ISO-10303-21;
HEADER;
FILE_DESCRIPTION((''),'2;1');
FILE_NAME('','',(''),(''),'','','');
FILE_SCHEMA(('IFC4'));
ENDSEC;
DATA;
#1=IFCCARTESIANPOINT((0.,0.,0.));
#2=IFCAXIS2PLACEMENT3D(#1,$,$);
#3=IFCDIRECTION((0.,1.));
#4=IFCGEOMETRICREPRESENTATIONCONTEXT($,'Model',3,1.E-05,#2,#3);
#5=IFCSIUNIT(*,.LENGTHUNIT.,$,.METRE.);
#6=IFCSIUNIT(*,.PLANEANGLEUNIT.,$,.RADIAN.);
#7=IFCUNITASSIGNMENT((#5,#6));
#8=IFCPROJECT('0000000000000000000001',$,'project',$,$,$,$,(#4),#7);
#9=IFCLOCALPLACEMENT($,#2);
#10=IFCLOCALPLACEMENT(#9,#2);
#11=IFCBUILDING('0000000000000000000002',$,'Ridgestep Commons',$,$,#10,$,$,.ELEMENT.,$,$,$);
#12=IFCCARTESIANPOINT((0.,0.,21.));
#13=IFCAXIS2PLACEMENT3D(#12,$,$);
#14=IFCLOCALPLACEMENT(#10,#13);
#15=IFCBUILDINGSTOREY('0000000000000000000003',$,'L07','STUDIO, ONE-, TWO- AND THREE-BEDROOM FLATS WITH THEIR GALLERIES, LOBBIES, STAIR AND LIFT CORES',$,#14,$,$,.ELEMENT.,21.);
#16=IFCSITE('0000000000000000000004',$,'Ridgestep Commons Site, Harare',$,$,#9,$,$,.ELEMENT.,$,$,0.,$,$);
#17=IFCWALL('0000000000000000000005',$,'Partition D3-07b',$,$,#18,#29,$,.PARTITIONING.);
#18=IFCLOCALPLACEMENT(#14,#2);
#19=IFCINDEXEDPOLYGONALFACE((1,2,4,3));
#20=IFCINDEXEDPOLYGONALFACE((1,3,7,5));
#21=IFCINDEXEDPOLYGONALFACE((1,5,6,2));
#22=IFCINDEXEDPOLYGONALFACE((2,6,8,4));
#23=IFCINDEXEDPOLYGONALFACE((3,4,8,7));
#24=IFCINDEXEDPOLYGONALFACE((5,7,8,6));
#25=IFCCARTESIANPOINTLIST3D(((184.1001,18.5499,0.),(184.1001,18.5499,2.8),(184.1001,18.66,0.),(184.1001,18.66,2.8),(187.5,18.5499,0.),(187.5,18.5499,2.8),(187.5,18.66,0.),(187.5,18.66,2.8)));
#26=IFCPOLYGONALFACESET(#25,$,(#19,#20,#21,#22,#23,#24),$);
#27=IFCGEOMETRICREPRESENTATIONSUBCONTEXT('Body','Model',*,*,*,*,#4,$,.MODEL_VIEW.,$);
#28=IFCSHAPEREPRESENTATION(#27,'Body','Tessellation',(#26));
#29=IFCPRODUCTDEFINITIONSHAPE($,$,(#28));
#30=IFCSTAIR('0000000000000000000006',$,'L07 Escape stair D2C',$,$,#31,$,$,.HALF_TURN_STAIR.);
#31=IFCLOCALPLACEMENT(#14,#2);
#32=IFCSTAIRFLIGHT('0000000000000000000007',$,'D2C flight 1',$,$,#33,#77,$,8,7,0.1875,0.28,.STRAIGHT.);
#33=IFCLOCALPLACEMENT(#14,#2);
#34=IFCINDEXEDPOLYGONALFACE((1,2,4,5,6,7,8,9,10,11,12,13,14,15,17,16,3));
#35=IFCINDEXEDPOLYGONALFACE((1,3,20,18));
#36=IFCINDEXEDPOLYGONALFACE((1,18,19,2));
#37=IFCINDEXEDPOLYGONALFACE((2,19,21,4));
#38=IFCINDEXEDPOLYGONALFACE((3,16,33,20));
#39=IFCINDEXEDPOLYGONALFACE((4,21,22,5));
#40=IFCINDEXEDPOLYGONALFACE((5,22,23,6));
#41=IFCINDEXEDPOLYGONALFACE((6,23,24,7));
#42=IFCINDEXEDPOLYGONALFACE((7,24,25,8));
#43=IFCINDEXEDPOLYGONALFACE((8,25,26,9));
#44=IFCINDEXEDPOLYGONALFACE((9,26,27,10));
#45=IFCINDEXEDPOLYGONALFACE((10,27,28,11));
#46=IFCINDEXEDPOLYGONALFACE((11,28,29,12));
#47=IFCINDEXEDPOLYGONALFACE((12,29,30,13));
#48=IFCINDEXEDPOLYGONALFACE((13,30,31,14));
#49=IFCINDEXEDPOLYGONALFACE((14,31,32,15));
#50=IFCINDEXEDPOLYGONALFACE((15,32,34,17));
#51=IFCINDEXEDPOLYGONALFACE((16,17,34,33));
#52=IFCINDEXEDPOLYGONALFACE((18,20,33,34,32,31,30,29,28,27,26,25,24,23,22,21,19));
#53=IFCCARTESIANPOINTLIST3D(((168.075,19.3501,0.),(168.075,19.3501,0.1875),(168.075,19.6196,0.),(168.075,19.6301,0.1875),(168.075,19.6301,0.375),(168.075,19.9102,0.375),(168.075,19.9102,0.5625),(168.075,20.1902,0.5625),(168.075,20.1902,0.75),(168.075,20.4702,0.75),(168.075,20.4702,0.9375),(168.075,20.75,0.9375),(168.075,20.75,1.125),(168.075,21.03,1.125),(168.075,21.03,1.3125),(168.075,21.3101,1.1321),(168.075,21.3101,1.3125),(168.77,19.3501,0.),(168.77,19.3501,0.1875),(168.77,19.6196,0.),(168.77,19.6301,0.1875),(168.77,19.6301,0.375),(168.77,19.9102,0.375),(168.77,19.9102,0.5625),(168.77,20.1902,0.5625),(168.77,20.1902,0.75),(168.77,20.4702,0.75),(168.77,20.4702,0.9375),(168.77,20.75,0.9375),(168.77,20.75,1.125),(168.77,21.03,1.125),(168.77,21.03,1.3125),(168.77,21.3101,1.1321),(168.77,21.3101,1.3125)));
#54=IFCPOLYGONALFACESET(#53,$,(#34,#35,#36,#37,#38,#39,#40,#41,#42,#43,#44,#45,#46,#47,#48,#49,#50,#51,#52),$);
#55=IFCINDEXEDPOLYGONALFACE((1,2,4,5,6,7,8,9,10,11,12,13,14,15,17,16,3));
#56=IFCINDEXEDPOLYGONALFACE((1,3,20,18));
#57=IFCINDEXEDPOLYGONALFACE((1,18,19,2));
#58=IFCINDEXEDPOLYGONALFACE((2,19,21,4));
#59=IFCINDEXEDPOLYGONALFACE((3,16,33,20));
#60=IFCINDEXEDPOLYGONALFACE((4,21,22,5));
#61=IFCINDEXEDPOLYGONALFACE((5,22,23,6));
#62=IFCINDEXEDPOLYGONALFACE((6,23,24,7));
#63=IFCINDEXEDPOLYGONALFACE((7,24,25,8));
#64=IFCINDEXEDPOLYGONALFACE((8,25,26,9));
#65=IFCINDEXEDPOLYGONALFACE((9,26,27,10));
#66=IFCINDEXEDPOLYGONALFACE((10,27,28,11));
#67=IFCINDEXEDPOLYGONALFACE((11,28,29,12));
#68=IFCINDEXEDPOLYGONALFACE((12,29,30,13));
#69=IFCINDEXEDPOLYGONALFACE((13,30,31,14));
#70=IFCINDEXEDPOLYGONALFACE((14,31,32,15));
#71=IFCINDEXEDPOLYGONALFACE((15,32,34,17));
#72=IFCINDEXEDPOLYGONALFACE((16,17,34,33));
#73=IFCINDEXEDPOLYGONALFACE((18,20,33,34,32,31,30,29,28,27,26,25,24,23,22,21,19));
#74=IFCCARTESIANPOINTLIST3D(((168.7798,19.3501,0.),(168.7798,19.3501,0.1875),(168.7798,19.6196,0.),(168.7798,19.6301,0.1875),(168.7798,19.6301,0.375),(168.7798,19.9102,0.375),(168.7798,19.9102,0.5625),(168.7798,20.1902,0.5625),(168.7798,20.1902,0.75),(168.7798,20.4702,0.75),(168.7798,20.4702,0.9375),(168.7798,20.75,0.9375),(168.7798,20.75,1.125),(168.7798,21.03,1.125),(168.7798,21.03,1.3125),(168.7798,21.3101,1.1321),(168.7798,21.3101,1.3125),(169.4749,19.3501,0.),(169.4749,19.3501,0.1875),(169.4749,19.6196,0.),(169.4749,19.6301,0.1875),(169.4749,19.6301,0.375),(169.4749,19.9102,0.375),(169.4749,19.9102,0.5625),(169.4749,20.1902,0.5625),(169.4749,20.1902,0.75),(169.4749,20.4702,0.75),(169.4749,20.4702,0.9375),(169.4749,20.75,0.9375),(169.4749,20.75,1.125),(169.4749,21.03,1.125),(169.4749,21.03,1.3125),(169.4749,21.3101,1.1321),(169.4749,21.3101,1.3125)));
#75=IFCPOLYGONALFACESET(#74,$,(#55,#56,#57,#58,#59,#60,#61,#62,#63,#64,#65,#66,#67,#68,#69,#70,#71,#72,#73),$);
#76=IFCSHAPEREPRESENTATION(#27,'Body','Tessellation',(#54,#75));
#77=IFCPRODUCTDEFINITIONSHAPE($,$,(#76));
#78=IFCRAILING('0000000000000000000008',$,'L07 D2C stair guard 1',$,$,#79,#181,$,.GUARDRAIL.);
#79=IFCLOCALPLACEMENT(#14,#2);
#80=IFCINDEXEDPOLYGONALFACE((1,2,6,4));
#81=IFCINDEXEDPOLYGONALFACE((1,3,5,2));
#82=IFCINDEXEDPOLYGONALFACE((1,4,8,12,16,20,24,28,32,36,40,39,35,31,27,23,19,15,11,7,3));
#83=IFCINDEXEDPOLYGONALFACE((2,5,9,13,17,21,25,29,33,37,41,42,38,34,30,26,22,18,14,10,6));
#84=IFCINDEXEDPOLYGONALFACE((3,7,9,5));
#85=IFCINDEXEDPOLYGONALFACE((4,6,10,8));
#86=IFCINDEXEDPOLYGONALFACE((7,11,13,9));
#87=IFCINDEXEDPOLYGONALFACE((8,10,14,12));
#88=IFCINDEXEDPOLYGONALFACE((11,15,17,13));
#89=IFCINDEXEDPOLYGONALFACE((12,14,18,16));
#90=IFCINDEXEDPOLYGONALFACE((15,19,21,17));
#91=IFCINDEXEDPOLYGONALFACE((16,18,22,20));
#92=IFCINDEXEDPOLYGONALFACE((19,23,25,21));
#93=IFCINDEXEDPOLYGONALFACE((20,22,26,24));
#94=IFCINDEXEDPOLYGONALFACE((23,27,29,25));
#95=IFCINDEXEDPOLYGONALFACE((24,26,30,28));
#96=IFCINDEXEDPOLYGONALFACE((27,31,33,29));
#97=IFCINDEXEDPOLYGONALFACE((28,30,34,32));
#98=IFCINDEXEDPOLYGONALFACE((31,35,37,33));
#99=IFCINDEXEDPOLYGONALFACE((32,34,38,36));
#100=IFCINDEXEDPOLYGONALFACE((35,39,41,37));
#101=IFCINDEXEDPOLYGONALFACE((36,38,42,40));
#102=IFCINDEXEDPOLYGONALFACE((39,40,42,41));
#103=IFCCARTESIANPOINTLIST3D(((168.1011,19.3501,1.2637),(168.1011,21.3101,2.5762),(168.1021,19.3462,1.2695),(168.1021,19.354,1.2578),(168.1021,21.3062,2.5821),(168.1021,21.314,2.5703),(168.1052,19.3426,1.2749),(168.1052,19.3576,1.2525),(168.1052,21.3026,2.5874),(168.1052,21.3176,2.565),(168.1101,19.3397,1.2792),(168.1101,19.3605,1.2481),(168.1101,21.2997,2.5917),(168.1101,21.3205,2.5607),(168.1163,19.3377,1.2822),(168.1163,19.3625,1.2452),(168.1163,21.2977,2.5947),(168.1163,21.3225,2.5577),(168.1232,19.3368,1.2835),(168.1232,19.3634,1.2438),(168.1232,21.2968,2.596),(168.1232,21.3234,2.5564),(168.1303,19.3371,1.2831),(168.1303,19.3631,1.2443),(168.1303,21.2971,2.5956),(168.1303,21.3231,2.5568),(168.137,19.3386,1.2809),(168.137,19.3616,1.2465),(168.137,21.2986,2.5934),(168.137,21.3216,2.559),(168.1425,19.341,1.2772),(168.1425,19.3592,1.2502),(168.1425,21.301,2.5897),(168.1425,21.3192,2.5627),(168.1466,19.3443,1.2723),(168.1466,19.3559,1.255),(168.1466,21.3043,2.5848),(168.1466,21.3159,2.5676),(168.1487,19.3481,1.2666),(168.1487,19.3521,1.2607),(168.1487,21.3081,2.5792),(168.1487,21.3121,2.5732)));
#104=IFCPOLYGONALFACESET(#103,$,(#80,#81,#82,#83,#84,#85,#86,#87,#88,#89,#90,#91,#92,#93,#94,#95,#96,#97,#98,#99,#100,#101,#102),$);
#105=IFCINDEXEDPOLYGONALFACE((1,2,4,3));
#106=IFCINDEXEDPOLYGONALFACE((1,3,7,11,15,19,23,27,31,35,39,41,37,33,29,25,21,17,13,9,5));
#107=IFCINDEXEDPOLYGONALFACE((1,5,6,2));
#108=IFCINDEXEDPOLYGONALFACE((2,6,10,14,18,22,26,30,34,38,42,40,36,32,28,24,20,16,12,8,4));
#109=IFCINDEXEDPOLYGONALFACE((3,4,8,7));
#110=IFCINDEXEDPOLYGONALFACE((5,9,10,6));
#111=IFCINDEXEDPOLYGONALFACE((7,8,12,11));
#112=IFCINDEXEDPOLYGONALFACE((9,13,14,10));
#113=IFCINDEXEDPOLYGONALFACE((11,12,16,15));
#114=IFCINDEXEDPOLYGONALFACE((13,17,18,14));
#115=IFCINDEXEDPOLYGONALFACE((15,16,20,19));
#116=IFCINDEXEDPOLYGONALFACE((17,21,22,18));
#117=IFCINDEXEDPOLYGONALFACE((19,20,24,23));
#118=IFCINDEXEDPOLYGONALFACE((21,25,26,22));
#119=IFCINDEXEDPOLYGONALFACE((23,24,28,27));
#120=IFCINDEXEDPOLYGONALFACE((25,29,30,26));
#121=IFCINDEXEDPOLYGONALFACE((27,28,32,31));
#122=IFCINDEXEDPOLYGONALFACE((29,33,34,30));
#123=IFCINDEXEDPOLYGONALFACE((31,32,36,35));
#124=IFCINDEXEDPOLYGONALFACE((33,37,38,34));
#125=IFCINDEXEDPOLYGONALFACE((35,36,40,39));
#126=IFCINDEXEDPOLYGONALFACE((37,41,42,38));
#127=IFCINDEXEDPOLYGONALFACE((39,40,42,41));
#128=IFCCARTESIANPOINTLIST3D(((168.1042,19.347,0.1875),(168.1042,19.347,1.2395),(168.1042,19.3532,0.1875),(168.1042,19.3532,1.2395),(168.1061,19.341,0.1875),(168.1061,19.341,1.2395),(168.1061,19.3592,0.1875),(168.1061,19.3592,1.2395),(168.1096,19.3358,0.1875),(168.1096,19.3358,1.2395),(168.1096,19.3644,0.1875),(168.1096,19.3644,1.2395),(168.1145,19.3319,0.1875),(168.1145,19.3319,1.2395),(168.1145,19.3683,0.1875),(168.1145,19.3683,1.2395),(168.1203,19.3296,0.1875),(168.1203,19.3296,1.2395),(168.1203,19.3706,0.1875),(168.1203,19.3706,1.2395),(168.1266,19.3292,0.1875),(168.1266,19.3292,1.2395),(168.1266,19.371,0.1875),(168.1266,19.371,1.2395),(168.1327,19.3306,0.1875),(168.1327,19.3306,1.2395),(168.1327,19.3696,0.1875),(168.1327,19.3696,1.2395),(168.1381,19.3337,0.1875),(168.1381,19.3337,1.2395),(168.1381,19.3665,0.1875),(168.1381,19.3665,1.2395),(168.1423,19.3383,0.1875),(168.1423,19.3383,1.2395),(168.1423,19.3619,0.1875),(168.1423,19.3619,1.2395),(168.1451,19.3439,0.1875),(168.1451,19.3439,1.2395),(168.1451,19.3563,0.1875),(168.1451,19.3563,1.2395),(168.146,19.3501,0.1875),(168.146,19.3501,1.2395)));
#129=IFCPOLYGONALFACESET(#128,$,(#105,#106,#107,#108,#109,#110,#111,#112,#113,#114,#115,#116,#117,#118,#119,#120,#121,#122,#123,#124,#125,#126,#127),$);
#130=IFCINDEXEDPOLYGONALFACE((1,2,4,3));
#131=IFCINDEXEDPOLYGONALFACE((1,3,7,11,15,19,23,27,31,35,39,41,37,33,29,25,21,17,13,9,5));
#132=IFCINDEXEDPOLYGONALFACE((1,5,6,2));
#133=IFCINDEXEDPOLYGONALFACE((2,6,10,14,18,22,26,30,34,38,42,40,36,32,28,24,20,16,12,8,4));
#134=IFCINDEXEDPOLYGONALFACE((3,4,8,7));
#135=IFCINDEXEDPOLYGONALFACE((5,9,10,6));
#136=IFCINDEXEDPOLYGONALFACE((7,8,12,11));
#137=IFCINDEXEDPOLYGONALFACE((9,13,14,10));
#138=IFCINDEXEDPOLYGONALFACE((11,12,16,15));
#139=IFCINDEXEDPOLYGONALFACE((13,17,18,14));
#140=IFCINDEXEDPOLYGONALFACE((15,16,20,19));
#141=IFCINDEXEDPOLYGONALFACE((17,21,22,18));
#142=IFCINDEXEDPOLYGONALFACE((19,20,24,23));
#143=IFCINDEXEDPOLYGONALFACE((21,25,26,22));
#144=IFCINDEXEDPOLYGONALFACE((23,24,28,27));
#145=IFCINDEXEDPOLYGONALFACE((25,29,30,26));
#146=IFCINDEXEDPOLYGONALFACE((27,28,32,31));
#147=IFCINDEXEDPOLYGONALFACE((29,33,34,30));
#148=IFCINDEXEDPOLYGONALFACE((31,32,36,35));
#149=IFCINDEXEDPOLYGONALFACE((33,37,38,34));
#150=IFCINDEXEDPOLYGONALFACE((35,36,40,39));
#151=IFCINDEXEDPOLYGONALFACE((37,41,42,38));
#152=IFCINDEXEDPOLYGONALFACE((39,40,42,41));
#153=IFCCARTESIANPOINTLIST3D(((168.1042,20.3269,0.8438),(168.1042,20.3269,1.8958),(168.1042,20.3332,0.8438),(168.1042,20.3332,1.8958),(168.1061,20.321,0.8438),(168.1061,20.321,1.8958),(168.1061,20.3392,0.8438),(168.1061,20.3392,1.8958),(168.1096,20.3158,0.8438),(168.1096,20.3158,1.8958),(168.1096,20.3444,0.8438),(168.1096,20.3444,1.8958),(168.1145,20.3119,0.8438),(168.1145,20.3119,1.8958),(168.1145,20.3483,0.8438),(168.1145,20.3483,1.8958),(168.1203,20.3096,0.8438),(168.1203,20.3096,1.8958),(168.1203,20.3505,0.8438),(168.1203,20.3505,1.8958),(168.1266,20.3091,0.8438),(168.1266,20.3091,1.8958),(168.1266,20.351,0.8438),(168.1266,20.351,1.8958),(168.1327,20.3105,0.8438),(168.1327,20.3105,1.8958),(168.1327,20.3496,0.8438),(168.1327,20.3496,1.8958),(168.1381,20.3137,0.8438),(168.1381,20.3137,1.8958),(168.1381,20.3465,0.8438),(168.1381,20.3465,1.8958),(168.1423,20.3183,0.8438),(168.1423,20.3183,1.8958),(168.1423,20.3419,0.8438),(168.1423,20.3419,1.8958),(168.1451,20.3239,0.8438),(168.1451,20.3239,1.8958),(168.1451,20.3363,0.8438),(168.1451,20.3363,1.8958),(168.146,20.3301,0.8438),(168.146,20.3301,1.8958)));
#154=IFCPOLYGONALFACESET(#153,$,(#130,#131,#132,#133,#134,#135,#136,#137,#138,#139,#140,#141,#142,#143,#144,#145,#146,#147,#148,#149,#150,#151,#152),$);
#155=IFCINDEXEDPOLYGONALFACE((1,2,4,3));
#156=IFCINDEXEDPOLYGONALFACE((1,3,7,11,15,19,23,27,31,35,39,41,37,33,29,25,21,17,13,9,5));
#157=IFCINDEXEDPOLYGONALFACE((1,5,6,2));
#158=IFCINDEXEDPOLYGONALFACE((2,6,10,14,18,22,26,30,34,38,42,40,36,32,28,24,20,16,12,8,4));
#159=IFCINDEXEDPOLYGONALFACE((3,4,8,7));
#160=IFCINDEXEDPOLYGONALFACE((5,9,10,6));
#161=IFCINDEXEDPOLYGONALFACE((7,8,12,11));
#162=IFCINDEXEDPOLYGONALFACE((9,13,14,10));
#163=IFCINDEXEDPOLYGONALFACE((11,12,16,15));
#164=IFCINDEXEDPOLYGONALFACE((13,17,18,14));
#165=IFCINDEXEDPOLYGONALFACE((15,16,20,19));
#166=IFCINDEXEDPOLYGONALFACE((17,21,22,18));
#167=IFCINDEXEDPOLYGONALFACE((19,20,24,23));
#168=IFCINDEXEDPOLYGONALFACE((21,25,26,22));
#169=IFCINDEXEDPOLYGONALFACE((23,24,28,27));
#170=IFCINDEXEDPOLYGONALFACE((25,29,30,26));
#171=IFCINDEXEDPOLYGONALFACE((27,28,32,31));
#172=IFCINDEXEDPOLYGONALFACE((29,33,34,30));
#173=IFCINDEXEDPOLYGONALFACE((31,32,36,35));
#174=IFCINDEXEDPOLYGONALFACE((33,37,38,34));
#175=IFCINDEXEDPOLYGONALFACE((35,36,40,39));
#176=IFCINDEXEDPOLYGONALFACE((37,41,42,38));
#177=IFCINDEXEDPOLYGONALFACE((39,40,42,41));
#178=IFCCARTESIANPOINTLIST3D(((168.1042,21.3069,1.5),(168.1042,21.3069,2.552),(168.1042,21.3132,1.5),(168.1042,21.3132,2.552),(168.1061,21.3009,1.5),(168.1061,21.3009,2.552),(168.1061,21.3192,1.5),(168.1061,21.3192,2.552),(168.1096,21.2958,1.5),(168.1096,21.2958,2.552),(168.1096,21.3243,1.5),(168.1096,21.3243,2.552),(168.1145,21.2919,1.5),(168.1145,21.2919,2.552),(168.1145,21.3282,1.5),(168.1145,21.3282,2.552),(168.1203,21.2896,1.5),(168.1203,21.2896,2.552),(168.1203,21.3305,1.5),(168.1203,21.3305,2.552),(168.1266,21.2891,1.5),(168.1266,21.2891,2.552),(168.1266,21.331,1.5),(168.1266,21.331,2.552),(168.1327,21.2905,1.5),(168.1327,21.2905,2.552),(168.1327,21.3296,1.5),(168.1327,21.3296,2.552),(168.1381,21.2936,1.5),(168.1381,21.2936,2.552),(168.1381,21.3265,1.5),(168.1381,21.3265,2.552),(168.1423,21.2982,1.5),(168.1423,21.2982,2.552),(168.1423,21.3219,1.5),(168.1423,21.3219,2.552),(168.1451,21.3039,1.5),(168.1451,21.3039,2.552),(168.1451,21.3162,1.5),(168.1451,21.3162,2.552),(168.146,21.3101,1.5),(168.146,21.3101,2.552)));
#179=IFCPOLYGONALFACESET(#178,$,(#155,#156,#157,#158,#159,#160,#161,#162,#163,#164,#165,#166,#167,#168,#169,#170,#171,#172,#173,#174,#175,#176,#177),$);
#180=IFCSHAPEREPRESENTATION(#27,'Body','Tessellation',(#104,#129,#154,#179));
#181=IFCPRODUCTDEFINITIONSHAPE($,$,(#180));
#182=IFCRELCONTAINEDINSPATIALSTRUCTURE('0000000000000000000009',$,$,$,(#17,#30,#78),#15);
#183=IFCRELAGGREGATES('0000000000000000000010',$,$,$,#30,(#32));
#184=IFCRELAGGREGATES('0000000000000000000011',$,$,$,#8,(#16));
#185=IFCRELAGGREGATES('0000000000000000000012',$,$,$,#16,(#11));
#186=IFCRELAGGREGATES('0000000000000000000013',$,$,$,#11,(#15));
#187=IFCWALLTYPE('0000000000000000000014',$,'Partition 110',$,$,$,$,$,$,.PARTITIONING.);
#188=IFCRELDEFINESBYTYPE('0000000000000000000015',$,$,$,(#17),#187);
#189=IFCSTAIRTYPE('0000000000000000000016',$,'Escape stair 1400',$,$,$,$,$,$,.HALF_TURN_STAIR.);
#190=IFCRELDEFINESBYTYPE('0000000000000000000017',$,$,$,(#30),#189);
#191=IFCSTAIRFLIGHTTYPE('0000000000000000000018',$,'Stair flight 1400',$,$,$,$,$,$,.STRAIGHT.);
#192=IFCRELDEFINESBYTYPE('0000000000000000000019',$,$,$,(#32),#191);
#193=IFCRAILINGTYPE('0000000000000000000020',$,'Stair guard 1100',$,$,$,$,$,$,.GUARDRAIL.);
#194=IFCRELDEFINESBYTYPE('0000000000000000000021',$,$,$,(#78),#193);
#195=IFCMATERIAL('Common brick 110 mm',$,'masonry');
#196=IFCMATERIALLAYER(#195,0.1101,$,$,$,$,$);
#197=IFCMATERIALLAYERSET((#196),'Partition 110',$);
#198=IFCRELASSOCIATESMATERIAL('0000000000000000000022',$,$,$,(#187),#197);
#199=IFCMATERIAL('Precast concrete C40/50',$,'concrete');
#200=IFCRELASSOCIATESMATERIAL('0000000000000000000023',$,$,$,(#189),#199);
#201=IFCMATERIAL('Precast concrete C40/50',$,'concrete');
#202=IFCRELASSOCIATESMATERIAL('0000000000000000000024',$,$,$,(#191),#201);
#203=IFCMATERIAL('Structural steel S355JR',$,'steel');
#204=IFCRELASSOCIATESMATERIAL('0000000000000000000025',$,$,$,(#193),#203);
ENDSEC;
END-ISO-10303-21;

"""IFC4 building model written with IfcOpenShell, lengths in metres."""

from ifc_helpers import new_model, si_unit, direction, frame, frame_2d, origin, origin_2d, place, context, subcontext, project, spatial, polyline, rectangle, circle, outline, extrude, material, layer, layer_set, type_object, element, aggregate, save


model = new_model("IFC4")

# Units and contexts
model_context = context("Model", 3, precision=1e-05, world=origin(), true_north=direction((0.0, 1.0)))
body_context = subcontext(model_context, "Body", "Model", "MODEL_VIEW")
ifc_project = project(units=[si_unit("LENGTHUNIT", "METRE"), si_unit("PLANEANGLEUNIT", "RADIAN")], contexts=[model_context])

# Site, building, storey
site_placement = place(None, origin())
site = spatial("IfcSite", under=ifc_project, at=site_placement, Name="Ridgestep Commons Site, Harare", CompositionType="ELEMENT", RefElevation=0.0)
building_placement = place(site_placement, origin())
building = spatial("IfcBuilding", under=site, at=building_placement, Name="Ridgestep Commons", CompositionType="ELEMENT")
storey_placement = place(building_placement, frame((0.0, 0.0, 21.0)))
storey = spatial("IfcBuildingStorey", under=building, at=storey_placement, Name="L07", Description="STUDIO, ONE-, TWO- AND THREE-BEDROOM FLATS WITH THEIR GALLERIES, LOBBIES, STAIR AND LIFT CORES", CompositionType="ELEMENT", Elevation=21.0)

# Shared definitions
ifc_material_1 = material(Name="Common brick 110 mm", Category="masonry")
ifc_layer_1 = layer(ifc_material_1, 0.1101)
ifc_layer_set_1 = layer_set([ifc_layer_1], Name="Partition 110")
wall_type_1 = type_object("IfcWallType", Name="Partition 110", PredefinedType="PARTITIONING", material=ifc_layer_set_1)

# Wall
wall_1_placement = place(storey_placement, frame((184.1001, 18.605, 0.0), z_axis=(0.0, 0.0, 1.0), x_axis=(1.0, 0.0, 0.0)))
element("IfcWall", 1, at=wall_1_placement, inside=storey, type_object=wall_type_1, Name="Partition D3-07b", PredefinedType="PARTITIONING", context=body_context, shape_type="SweptSolid", body=[
    extrude(rectangle(XDim=3.3999, YDim=0.1101, at=frame_2d((1.7, 0.0))), origin(), (0.0, 0.0, 1.0), 2.8),
])

# Stair, stair flight
ifc_material_2 = material(Name="Precast concrete C40/50", Category="concrete")
stair_type = type_object("IfcStairType", Name="Escape stair 1400", PredefinedType="HALF_TURN_STAIR", material=ifc_material_2)
stair_placement = place(storey_placement, origin())
stair = element("IfcStair", 2, at=stair_placement, inside=storey, type_object=stair_type, Name="L07 Escape stair D2C", PredefinedType="HALF_TURN_STAIR")
ifc_material_3 = material(Name="Precast concrete C40/50", Category="concrete")
stair_flight_type = type_object("IfcStairFlightType", Name="Stair flight 1400", PredefinedType="STRAIGHT", material=ifc_material_3)
stair_flight_placement = place(storey_placement, frame((168.7749, 19.3501, 0.0), z_axis=(0.0, 0.0, 1.0), x_axis=(0.0, 1.0, 0.0)))
stair_flight = element("IfcStairFlight", 3, at=stair_flight_placement, type_object=stair_flight_type, Name="D2C flight 1", NumberOfRisers=8, NumberOfTreads=7, PredefinedType="STRAIGHT", RiserHeight=0.1875, TreadLength=0.28, context=body_context, shape_type="SweptSolid", body=[
    extrude(outline(polyline([(0.0, 0.0), (0.0, 0.1875), (0.28, 0.1875), (0.28, 0.375), (0.5601, 0.375), (0.5601, 0.5625), (0.8401, 0.5625), (0.8401, 0.75), (1.1201, 0.75), (1.1201, 0.9375), (1.3999, 0.9375), (1.3999, 1.125), (1.6799, 1.125), (1.6799, 1.3125), (1.96, 1.3125), (1.96, 1.5), (1.96, 1.1321), (0.2695, 0.0), (0.0, 0.0)])), frame((0.0, 0.7, 0.0), z_axis=(0.0, -1.0, 0.0), x_axis=(1.0, 0.0, 0.0)), (0.0, 0.0, 1.0), 0.6951),
    extrude(outline(polyline([(0.0, 0.0), (0.0, 0.1875), (0.28, 0.1875), (0.28, 0.375), (0.5601, 0.375), (0.5601, 0.5625), (0.8401, 0.5625), (0.8401, 0.75), (1.1201, 0.75), (1.1201, 0.9375), (1.3999, 0.9375), (1.3999, 1.125), (1.6799, 1.125), (1.6799, 1.3125), (1.96, 1.3125), (1.96, 1.5), (1.96, 1.1321), (0.2695, 0.0), (0.0, 0.0)])), frame((0.0, -0.0049, 0.0), z_axis=(0.0, -1.0, 0.0), x_axis=(1.0, 0.0, 0.0)), (0.0, 0.0, 1.0), 0.6951),
])
aggregate(stair, [stair_flight])

# Railing
ifc_material_4 = material(Name="Structural steel S355JR", Category="steel")
railing_type_1 = type_object("IfcRailingType", Name="Stair guard 1100", PredefinedType="GUARDRAIL", material=ifc_material_4)
railing_1_placement = place(storey_placement, frame((168.125, 19.3501, 0.1875)))
element("IfcRailing", 4, at=railing_1_placement, inside=storey, type_object=railing_type_1, Name="L07 D2C stair guard 1", PredefinedType="GUARDRAIL", context=body_context, shape_type="SweptSolid", body=[
    extrude(circle(Radius=0.0239, at=origin_2d()), frame((0.0, 0.0, 1.0762), z_axis=(0.0, 0.830902, 0.556419), x_axis=(-1.0, 0.0, 0.0)), (0.0, 0.0, 1.0), 2.3589),
    extrude(circle(Radius=0.021, at=origin_2d()), origin(), (0.0, 0.0, 1.0), 1.052),
    extrude(circle(Radius=0.021, at=origin_2d()), frame((0.0, 0.98, 0.6562)), (0.0, 0.0, 1.0), 1.052),
    extrude(circle(Radius=0.021, at=origin_2d()), frame((0.0, 1.96, 1.3125)), (0.0, 0.0, 1.0), 1.052),
])

save(model, "model.ifc")
